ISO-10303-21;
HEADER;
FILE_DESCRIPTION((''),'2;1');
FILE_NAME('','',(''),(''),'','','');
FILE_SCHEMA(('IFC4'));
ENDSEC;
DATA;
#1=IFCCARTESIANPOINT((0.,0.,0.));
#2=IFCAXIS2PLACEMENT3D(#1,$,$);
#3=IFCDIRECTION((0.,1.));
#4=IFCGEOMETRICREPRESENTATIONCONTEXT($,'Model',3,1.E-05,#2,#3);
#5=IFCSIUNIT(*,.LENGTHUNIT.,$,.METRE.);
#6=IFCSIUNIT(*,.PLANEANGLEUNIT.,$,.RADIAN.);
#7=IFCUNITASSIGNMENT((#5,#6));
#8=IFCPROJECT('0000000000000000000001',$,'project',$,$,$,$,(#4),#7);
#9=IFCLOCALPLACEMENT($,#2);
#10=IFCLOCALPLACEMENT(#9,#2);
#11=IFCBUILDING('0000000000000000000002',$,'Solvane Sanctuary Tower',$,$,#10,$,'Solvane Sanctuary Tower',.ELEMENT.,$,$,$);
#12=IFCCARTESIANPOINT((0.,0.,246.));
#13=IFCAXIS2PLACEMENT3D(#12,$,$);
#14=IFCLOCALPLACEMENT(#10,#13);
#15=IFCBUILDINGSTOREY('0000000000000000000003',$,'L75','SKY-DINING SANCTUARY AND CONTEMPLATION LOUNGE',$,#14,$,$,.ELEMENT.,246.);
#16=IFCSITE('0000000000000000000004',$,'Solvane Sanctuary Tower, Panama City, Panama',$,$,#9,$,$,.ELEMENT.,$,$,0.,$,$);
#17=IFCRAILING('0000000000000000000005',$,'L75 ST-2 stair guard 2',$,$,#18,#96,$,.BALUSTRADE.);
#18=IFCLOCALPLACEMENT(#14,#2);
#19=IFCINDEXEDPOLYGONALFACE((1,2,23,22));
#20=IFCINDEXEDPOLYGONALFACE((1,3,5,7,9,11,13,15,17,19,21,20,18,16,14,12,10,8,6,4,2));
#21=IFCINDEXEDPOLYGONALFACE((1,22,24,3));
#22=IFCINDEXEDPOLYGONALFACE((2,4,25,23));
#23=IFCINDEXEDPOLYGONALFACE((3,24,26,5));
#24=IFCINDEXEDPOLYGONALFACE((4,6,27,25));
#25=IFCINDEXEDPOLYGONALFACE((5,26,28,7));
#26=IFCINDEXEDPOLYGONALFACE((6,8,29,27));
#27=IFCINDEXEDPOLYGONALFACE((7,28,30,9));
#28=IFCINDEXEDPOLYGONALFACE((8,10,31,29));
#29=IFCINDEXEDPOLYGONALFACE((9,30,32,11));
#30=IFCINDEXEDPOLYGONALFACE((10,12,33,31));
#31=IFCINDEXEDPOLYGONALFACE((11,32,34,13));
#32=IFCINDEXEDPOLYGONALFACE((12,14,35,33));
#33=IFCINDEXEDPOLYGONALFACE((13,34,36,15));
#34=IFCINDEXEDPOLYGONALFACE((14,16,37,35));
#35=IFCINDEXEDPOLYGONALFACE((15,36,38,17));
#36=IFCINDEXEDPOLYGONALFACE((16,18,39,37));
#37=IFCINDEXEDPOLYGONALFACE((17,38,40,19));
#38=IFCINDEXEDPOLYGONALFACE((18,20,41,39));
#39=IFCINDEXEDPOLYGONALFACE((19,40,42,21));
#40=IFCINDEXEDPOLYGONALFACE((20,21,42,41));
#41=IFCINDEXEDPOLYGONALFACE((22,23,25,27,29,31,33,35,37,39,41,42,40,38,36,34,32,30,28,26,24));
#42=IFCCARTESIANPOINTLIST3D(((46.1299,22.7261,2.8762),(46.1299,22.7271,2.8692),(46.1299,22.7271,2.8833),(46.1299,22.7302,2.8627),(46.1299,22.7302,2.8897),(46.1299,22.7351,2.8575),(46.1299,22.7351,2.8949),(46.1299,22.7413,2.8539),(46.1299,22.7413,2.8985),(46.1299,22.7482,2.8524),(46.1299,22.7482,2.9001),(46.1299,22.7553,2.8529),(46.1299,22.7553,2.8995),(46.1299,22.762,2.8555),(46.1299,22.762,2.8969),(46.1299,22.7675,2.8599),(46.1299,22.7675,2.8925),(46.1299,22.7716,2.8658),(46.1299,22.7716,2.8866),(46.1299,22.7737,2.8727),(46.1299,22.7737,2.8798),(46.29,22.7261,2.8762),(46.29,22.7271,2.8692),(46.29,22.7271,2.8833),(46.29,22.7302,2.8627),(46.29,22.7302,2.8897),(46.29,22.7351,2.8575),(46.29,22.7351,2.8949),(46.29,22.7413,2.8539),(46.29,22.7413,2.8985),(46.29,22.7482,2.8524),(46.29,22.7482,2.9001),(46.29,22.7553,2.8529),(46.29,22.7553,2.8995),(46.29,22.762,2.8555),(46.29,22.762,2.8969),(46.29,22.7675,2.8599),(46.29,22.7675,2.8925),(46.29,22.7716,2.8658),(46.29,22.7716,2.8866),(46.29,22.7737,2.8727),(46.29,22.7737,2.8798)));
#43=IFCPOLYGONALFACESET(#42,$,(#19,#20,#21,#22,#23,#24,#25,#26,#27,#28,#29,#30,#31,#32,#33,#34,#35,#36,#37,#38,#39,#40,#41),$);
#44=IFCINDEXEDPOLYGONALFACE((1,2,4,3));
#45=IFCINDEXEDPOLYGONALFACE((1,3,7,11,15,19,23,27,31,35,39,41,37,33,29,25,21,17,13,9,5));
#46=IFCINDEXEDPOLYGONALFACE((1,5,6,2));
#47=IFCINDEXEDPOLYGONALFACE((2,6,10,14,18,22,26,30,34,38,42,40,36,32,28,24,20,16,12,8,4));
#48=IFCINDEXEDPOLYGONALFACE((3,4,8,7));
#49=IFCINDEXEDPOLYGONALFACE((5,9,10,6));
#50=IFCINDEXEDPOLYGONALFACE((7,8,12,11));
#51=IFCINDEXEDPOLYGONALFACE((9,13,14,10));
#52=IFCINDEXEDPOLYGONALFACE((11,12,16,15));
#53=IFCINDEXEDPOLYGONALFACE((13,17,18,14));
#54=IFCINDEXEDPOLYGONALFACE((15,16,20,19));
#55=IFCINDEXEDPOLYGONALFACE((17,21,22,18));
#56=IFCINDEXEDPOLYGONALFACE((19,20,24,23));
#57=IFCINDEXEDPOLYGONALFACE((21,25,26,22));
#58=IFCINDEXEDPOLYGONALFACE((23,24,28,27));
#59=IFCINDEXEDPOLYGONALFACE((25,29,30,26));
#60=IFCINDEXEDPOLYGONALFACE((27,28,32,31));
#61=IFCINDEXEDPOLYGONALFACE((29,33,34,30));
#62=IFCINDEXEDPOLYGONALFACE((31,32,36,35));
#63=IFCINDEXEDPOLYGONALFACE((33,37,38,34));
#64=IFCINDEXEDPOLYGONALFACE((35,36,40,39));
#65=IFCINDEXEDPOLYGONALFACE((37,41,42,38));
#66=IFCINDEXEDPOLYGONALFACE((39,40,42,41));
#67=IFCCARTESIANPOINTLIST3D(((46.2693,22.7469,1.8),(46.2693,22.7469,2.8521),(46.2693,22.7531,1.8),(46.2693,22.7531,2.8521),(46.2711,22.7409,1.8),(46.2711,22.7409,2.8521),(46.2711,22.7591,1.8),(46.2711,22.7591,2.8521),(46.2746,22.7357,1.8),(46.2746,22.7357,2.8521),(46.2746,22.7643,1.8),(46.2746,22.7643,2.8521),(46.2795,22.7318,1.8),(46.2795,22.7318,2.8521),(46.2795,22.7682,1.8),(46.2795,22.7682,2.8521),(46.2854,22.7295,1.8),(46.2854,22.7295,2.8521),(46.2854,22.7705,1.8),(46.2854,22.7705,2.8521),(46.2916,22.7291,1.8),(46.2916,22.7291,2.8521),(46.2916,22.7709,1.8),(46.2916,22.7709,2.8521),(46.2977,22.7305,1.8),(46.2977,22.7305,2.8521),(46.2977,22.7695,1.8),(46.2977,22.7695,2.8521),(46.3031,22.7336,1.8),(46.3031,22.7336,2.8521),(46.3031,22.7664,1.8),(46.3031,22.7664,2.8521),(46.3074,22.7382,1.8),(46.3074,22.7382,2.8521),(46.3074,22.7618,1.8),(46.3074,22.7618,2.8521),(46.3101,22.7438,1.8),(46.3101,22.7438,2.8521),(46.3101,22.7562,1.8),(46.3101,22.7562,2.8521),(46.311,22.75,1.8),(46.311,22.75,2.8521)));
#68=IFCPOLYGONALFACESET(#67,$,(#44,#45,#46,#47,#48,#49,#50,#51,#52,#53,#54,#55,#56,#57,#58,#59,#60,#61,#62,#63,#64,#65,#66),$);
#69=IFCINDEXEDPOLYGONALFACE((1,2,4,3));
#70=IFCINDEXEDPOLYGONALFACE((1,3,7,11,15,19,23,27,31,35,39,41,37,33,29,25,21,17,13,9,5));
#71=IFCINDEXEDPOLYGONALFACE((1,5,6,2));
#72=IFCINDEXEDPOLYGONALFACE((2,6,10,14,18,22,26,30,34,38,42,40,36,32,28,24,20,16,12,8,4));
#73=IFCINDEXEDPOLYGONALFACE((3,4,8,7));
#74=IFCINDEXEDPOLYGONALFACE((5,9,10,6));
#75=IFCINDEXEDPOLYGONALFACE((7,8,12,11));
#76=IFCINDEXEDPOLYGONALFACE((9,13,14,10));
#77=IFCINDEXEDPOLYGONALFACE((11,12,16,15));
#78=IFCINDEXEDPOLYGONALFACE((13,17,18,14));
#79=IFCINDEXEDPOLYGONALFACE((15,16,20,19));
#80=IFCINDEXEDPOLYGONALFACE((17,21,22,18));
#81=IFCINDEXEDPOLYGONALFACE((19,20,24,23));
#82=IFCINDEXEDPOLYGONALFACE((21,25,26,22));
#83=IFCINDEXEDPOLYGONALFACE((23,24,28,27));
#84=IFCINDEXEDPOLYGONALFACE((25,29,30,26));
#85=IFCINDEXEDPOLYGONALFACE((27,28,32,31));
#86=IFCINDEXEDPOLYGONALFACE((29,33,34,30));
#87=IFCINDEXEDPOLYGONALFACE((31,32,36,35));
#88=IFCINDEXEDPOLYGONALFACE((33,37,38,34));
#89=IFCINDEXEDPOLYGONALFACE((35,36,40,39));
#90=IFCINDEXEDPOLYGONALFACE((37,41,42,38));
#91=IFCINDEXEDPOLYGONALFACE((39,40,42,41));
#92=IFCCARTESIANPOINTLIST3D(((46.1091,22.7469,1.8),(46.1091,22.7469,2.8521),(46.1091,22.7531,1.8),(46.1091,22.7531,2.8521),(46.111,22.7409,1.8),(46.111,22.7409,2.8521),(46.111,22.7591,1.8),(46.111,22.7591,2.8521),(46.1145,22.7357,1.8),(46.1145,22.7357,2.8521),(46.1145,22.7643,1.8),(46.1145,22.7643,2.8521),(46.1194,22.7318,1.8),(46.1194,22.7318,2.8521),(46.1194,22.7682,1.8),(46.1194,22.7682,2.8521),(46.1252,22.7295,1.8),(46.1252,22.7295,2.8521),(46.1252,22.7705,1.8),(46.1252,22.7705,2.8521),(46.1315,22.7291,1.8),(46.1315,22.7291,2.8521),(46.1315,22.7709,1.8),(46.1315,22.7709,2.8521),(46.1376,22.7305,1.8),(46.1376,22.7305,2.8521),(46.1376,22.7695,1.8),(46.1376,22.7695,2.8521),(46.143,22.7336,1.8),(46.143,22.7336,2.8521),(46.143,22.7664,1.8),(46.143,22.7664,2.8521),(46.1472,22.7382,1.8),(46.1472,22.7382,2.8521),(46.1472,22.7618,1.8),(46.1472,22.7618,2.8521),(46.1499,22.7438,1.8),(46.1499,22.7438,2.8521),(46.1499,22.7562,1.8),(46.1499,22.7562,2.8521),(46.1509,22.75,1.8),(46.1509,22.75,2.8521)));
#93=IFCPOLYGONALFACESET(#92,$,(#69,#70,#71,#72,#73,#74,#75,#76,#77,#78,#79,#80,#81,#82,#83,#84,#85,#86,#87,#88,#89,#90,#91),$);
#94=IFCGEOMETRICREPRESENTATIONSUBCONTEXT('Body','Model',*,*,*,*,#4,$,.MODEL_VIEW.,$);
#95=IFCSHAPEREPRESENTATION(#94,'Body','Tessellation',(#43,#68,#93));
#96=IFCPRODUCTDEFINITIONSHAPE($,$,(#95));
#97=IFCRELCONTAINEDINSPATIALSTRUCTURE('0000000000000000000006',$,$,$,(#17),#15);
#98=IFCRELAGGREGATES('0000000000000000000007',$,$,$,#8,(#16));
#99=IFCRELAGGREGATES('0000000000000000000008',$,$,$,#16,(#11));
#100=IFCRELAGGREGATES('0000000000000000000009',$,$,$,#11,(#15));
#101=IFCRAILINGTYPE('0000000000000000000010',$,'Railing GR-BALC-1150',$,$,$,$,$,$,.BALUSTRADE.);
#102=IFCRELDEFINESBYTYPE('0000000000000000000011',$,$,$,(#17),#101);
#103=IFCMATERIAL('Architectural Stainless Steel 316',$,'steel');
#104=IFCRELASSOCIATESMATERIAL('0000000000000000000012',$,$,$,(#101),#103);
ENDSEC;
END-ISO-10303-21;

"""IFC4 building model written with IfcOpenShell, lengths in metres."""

from ifc_helpers import new_model, si_unit, direction, frame, origin, origin_2d, place, context, subcontext, project, spatial, circle, extrude, material, type_object, element, save


model = new_model("IFC4")

# Units and contexts
model_context = context("Model", 3, precision=1e-05, world=origin(), true_north=direction((0.0, 1.0)))
body_context = subcontext(model_context, "Body", "Model", "MODEL_VIEW")
ifc_project = project(units=[si_unit("LENGTHUNIT", "METRE"), si_unit("PLANEANGLEUNIT", "RADIAN")], contexts=[model_context])

# Site, building, storey
site_placement = place(None, origin())
site = spatial("IfcSite", under=ifc_project, at=site_placement, Name="Solvane Sanctuary Tower, Panama City, Panama", CompositionType="ELEMENT", RefElevation=0.0)
building_placement = place(site_placement, origin())
building = spatial("IfcBuilding", under=site, at=building_placement, Name="Solvane Sanctuary Tower", LongName="Solvane Sanctuary Tower", CompositionType="ELEMENT")
storey_placement = place(building_placement, frame((0.0, 0.0, 246.0)))
storey = spatial("IfcBuildingStorey", under=building, at=storey_placement, Name="L75", Description="SKY-DINING SANCTUARY AND CONTEMPLATION LOUNGE", CompositionType="ELEMENT", Elevation=246.0)

# Railing
ifc_material_1 = material(Name="Architectural Stainless Steel 316", Category="steel")
railing_type_1 = type_object("IfcRailingType", Name="Railing GR-BALC-1150", PredefinedType="BALUSTRADE", material=ifc_material_1)
railing_1_placement = place(storey_placement, frame((46.29, 22.75, 1.8)))
element("IfcRailing", 1, at=railing_1_placement, inside=storey, type_object=railing_type_1, Name="L75 ST-2 stair guard 2", PredefinedType="BALUSTRADE", context=body_context, shape_type="SweptSolid", body=[
    extrude(circle(Radius=0.0239, at=origin_2d()), frame((0.0, 0.0, 1.0762), z_axis=(-1.0, 0.0, 0.0), x_axis=(0.0, -1.0, 0.0)), (0.0, 0.0, 1.0), 0.1602),
    extrude(circle(Radius=0.021, at=origin_2d()), origin(), (0.0, 0.0, 1.0), 1.052),
    extrude(circle(Radius=0.021, at=origin_2d()), frame((-0.1602, 0.0, 0.0)), (0.0, 0.0, 1.0), 1.052),
])

save(model, "model.ifc")
